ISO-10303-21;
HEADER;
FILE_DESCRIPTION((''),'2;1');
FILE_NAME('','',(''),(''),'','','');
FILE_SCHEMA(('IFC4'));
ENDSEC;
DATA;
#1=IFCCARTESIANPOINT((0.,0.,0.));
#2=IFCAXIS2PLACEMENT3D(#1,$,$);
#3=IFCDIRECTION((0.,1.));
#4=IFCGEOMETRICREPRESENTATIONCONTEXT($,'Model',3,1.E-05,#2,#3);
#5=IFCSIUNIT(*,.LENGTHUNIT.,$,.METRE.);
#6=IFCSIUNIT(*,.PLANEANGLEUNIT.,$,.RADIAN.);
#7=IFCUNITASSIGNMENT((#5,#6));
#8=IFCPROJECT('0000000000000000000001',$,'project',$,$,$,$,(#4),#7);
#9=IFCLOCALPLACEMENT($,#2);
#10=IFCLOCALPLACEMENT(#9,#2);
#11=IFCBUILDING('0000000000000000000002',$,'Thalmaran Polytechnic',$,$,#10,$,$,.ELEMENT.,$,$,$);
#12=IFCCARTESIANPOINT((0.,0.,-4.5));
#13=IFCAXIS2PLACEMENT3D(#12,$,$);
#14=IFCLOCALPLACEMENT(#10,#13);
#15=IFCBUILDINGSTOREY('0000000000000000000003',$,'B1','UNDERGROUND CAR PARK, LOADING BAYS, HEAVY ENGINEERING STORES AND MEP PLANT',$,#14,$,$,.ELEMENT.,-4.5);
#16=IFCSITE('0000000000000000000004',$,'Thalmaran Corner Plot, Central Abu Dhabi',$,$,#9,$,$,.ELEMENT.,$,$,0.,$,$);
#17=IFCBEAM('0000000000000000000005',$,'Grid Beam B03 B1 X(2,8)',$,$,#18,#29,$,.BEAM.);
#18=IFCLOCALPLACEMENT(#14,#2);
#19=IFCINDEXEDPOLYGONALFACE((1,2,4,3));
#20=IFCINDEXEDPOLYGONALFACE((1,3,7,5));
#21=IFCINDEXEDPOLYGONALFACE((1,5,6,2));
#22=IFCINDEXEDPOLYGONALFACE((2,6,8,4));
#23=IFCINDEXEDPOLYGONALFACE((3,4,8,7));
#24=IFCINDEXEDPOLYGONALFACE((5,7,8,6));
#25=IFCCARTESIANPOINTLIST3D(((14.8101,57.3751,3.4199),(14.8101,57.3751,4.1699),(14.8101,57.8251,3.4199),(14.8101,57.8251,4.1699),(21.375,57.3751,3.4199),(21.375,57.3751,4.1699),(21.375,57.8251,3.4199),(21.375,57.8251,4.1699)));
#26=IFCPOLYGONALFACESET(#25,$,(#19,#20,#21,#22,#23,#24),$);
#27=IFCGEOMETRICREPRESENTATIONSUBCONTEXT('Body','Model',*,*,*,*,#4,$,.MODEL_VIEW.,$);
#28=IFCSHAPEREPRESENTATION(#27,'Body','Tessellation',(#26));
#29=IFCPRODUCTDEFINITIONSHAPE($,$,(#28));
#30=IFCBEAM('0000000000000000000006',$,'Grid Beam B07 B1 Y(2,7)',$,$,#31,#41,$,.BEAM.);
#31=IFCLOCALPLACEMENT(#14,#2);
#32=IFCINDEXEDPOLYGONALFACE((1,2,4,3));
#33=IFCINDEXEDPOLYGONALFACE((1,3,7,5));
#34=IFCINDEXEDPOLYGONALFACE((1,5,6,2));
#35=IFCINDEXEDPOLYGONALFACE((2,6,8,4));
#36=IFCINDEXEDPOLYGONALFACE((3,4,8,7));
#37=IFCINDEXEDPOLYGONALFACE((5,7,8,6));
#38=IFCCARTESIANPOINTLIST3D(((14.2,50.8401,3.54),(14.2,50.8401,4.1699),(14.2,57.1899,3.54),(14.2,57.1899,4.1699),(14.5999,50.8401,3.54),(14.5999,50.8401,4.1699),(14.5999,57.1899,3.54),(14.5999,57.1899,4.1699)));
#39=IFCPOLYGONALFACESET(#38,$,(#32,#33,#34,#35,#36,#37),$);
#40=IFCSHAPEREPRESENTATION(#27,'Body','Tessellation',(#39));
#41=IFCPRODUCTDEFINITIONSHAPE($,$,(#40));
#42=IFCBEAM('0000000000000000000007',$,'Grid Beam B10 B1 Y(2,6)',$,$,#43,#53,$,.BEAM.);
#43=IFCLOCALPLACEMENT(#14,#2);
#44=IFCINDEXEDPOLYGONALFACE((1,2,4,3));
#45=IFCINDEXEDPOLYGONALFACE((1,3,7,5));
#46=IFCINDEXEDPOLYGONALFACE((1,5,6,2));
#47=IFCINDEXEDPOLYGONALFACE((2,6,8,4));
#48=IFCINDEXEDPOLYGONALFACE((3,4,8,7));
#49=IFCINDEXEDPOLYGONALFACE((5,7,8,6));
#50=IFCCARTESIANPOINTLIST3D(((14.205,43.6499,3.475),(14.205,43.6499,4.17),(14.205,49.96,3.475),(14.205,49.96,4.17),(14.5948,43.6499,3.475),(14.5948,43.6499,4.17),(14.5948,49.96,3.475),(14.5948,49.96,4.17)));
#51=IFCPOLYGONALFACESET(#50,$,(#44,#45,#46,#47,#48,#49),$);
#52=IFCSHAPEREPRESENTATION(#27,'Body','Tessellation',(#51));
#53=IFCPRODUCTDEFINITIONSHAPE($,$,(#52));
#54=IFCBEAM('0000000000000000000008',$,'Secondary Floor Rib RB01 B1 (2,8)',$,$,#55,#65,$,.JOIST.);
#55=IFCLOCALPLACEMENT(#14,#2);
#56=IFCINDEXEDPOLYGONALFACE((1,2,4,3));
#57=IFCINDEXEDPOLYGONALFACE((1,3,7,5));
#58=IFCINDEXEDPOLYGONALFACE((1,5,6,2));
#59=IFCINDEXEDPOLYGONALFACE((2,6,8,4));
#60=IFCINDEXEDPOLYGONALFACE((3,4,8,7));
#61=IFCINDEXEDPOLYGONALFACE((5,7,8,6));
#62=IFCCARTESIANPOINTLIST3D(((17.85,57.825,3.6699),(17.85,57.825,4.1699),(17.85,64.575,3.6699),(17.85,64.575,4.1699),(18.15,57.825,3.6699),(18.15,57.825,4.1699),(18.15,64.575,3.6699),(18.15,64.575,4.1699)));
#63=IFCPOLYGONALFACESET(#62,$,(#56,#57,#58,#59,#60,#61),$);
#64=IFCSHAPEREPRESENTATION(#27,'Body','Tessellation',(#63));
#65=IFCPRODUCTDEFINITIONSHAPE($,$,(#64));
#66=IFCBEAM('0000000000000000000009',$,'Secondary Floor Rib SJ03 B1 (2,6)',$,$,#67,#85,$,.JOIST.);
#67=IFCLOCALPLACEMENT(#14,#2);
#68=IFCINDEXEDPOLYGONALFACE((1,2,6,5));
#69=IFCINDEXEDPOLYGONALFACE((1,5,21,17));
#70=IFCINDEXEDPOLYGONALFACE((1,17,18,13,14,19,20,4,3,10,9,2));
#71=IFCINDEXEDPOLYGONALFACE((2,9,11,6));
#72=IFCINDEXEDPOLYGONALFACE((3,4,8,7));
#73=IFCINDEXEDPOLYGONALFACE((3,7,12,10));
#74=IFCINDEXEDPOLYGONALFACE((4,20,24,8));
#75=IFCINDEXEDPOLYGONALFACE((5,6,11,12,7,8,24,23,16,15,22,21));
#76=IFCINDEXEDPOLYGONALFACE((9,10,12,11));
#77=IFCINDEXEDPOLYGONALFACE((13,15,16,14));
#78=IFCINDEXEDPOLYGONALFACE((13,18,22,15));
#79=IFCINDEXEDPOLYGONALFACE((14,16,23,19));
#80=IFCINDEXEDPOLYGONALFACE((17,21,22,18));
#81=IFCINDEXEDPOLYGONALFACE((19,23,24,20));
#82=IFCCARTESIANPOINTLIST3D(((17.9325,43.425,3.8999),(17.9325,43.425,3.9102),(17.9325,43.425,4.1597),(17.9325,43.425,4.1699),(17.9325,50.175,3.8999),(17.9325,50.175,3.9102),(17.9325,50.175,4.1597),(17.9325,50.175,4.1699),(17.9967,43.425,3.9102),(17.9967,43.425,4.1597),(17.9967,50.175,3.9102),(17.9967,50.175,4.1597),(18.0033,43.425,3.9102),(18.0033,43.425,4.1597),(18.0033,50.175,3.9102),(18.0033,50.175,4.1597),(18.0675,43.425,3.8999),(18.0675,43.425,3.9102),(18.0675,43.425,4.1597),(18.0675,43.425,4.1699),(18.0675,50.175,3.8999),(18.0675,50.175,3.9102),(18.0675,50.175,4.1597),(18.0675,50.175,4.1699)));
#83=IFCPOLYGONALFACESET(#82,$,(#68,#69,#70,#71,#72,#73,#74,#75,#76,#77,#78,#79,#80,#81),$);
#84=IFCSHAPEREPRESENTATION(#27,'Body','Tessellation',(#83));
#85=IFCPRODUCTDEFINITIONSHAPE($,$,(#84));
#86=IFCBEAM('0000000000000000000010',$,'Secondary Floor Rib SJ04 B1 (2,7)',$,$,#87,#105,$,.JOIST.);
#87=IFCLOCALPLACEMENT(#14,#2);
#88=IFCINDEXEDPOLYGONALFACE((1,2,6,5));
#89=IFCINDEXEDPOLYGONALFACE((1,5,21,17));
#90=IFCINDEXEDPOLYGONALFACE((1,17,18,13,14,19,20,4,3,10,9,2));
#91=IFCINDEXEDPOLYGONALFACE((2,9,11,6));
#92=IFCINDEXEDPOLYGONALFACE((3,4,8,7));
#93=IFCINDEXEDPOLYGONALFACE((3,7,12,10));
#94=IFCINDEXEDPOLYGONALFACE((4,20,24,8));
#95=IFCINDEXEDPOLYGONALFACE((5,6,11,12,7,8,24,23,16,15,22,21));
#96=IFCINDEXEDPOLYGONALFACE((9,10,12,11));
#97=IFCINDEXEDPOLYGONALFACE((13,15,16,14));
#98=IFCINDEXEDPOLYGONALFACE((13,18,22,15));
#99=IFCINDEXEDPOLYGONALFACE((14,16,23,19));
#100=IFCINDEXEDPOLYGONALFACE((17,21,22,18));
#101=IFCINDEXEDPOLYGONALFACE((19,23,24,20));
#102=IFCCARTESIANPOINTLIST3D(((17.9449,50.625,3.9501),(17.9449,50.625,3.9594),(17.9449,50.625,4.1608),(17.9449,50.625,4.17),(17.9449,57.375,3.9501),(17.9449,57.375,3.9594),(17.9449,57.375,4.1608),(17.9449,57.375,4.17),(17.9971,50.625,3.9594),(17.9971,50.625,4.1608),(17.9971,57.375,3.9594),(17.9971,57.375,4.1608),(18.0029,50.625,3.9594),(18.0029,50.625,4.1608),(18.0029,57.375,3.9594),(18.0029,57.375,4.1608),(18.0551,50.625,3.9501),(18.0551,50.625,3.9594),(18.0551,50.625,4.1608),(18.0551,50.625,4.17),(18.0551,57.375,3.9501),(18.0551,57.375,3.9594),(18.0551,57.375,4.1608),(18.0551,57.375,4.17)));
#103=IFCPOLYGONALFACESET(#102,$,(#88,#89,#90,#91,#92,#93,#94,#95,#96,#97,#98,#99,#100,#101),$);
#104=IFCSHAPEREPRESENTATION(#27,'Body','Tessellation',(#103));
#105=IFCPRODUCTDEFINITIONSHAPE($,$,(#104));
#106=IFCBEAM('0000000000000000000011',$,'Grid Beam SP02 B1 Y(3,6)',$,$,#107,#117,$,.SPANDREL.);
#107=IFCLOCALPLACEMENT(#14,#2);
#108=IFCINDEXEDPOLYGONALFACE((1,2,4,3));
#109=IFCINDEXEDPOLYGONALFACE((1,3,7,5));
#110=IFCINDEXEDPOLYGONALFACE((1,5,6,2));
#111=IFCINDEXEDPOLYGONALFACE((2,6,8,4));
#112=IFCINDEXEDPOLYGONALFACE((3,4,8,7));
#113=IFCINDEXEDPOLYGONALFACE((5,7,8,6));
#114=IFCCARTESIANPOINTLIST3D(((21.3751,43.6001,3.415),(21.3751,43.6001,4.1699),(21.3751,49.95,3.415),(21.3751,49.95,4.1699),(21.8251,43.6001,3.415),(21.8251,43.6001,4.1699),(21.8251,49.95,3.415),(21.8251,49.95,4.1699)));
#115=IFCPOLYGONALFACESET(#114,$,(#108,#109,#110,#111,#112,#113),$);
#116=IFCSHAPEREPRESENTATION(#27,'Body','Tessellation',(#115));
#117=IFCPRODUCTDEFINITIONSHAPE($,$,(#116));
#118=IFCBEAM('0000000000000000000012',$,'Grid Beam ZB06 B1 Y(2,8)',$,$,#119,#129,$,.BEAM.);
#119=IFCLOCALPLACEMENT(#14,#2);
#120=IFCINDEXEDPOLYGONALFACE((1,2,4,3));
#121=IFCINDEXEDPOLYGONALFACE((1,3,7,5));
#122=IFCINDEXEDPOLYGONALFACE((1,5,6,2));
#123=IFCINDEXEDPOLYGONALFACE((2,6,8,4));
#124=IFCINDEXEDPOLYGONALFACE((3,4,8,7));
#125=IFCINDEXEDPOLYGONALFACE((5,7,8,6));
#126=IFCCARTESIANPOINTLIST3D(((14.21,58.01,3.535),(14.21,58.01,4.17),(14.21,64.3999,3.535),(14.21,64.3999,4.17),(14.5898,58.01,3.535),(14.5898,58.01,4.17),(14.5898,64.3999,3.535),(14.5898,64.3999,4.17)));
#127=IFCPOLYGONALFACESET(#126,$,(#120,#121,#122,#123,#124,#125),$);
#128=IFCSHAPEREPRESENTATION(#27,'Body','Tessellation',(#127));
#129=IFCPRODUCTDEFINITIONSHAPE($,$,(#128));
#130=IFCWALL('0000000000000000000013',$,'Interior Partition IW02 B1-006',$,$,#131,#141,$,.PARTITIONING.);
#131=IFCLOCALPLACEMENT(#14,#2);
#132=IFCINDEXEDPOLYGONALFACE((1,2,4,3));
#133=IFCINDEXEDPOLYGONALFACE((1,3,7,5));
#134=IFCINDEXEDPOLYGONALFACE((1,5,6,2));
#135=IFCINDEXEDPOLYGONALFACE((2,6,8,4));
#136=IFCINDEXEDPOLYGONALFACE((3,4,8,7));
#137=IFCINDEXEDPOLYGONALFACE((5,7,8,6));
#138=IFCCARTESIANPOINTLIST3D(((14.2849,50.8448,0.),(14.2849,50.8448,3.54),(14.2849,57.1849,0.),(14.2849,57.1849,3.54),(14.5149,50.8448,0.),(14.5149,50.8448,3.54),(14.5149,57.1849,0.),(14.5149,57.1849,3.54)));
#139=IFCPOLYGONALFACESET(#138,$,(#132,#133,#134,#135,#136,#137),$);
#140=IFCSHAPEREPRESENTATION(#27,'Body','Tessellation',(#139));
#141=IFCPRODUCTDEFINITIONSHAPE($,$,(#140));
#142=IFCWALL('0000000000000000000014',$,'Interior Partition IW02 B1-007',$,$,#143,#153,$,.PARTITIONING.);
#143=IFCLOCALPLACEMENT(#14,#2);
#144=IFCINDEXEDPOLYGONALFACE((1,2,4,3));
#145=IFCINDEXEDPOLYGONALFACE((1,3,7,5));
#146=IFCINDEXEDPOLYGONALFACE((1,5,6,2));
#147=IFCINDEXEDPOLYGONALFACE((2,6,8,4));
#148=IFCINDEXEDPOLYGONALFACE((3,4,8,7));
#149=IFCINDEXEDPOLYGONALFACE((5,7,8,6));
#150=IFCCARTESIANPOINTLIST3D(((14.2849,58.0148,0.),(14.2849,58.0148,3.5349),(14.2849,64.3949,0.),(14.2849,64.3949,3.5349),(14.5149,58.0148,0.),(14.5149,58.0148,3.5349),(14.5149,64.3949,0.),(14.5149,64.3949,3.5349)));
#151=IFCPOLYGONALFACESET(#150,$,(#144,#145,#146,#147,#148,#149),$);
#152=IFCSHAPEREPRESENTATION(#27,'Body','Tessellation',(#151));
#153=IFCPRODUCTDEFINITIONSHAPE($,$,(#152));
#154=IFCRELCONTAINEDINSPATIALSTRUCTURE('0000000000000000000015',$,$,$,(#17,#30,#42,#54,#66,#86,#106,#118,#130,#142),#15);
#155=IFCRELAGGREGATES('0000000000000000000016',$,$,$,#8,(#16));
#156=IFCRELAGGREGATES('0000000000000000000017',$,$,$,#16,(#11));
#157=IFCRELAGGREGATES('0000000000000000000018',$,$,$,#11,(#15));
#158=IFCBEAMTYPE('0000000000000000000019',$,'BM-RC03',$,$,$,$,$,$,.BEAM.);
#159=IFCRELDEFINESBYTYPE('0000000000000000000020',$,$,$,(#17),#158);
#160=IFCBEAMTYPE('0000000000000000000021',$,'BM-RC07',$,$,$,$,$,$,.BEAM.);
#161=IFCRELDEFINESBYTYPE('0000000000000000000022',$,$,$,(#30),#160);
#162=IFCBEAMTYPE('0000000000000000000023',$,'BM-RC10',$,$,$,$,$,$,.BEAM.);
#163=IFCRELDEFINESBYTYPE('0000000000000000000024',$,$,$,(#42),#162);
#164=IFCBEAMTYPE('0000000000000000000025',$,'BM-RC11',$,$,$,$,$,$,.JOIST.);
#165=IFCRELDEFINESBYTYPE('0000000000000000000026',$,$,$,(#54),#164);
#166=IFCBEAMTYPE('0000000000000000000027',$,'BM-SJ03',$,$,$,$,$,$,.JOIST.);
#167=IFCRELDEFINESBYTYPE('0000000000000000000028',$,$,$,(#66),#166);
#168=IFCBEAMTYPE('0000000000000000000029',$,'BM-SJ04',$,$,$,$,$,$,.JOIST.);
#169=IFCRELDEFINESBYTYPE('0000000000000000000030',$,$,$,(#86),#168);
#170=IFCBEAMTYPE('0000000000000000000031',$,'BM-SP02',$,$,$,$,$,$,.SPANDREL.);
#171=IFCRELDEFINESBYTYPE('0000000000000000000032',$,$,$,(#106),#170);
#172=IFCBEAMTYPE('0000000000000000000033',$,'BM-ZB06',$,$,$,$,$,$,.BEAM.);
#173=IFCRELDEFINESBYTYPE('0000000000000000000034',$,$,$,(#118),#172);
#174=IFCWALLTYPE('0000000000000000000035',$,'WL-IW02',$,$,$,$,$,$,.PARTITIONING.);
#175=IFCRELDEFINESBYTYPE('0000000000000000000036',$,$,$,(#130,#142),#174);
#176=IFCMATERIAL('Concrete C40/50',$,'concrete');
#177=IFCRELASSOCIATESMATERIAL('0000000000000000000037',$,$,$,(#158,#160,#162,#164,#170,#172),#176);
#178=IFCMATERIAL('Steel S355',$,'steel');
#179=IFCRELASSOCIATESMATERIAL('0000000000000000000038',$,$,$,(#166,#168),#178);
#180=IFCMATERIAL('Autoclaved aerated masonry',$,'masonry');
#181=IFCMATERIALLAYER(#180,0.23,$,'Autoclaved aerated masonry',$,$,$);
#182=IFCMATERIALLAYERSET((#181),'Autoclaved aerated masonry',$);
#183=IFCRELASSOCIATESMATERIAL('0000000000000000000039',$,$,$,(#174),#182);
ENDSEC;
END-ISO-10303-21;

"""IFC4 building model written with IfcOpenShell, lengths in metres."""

from ifc_helpers import new_model, si_unit, direction, frame, frame_2d, origin, origin_2d, place, context, subcontext, project, spatial, rectangle, i_section, extrude, material, layer, layer_set, material_profile, profile_set, type_object, element, save


model = new_model("IFC4")

# Units and contexts
model_context = context("Model", 3, precision=1e-05, world=origin(), true_north=direction((0.0, 1.0)))
body_context = subcontext(model_context, "Body", "Model", "MODEL_VIEW")
ifc_project = project(units=[si_unit("LENGTHUNIT", "METRE"), si_unit("PLANEANGLEUNIT", "RADIAN")], contexts=[model_context])

# Site, building, storey
site_placement = place(None, origin())
site = spatial("IfcSite", under=ifc_project, at=site_placement, Name="Thalmaran Corner Plot, Central Abu Dhabi", CompositionType="ELEMENT", RefElevation=0.0)
building_placement = place(site_placement, origin())
building = spatial("IfcBuilding", under=site, at=building_placement, Name="Thalmaran Polytechnic", CompositionType="ELEMENT")
storey_placement = place(building_placement, frame((0.0, 0.0, -4.5)))
storey = spatial("IfcBuildingStorey", under=building, at=storey_placement, Name="B1", Description="UNDERGROUND CAR PARK, LOADING BAYS, HEAVY ENGINEERING STORES AND MEP PLANT", CompositionType="ELEMENT", Elevation=-4.5)

# Shared definitions
ifc_material_1 = material(Name="Concrete C40/50", Category="concrete")

# Beams
ifc_material_profile_1 = material_profile(ifc_material_1, rectangle(XDim=0.45, YDim=0.75, at=origin_2d()), Name="RC 450x750")
ifc_profile_set_1 = profile_set([ifc_material_profile_1], Name="Concrete C40/50")
beam_type_1 = type_object("IfcBeamType", Name="BM-RC03", PredefinedType="BEAM", material=ifc_profile_set_1)
beam_1_placement = place(storey_placement, frame((14.8101, 57.6001, 3.7949), z_axis=(1.0, 0.0, 0.0), x_axis=(0.0, 1.0, 0.0)))
element("IfcBeam", 1, at=beam_1_placement, inside=storey, type_object=beam_type_1, Name="Grid Beam B03 B1 X(2,8)", PredefinedType="BEAM", context=body_context, shape_type="SweptSolid", body=[
    extrude(rectangle(XDim=0.45, YDim=0.75, at=origin_2d()), origin(), (0.0, 0.0, 1.0), 6.5649),
])
ifc_material_profile_2 = material_profile(ifc_material_1, rectangle(XDim=0.3999, YDim=0.6299, at=origin_2d()), Name="RC 400x630")
ifc_profile_set_2 = profile_set([ifc_material_profile_2], Name="Concrete C40/50")
beam_type_2 = type_object("IfcBeamType", Name="BM-RC07", PredefinedType="BEAM", material=ifc_profile_set_2)
beam_2_placement = place(storey_placement, frame((14.3999, 50.8401, 3.855), z_axis=(0.0, 1.0, 0.0), x_axis=(-1.0, 0.0, 0.0)))
element("IfcBeam", 2, at=beam_2_placement, inside=storey, type_object=beam_type_2, Name="Grid Beam B07 B1 Y(2,7)", PredefinedType="BEAM", context=body_context, shape_type="SweptSolid", body=[
    extrude(rectangle(XDim=0.3999, YDim=0.6299, at=origin_2d()), origin(), (0.0, 0.0, 1.0), 6.3499),
])
ifc_material_profile_3 = material_profile(ifc_material_1, rectangle(XDim=0.3899, YDim=0.6951, at=origin_2d()), Name="RC 390x695")
ifc_profile_set_3 = profile_set([ifc_material_profile_3], Name="Concrete C40/50")
beam_type_3 = type_object("IfcBeamType", Name="BM-RC10", PredefinedType="BEAM", material=ifc_profile_set_3)
beam_3_placement = place(storey_placement, frame((14.3999, 43.6499, 3.8225), z_axis=(0.0, 1.0, 0.0), x_axis=(-1.0, 0.0, 0.0)))
element("IfcBeam", 3, at=beam_3_placement, inside=storey, type_object=beam_type_3, Name="Grid Beam B10 B1 Y(2,6)", PredefinedType="BEAM", context=body_context, shape_type="SweptSolid", body=[
    extrude(rectangle(XDim=0.3899, YDim=0.6951, at=origin_2d()), origin(), (0.0, 0.0, 1.0), 6.3101),
])
ifc_material_profile_4 = material_profile(ifc_material_1, rectangle(XDim=0.3, YDim=0.5, at=origin_2d()), Name="RC 300x500")
ifc_profile_set_4 = profile_set([ifc_material_profile_4], Name="Concrete C40/50")
beam_type_4 = type_object("IfcBeamType", Name="BM-RC11", PredefinedType="JOIST", material=ifc_profile_set_4)
beam_4_placement = place(storey_placement, frame((18.0, 57.825, 3.9199), z_axis=(0.0, 1.0, 0.0), x_axis=(-1.0, 0.0, 0.0)))
element("IfcBeam", 4, at=beam_4_placement, inside=storey, type_object=beam_type_4, Name="Secondary Floor Rib RB01 B1 (2,8)", PredefinedType="JOIST", context=body_context, shape_type="SweptSolid", body=[
    extrude(rectangle(XDim=0.3, YDim=0.5, at=origin_2d()), origin(), (0.0, 0.0, 1.0), 6.75),
])
ifc_material_2 = material(Name="Steel S355", Category="steel")
ifc_material_profile_5 = material_profile(ifc_material_2, i_section(OverallWidth=0.135, OverallDepth=0.27, WebThickness=0.0066, FlangeThickness=0.0103, at=origin_2d()), Name="IPE 270")
ifc_profile_set_5 = profile_set([ifc_material_profile_5], Name="Steel S355")
beam_type_5 = type_object("IfcBeamType", Name="BM-SJ03", PredefinedType="JOIST", material=ifc_profile_set_5)
beam_5_placement = place(storey_placement, frame((18.0, 43.425, 4.0349), z_axis=(0.0, 1.0, 0.0), x_axis=(-1.0, 0.0, 0.0)))
element("IfcBeam", 5, at=beam_5_placement, inside=storey, type_object=beam_type_5, Name="Secondary Floor Rib SJ03 B1 (2,6)", PredefinedType="JOIST", context=body_context, shape_type="SweptSolid", body=[
    extrude(i_section(OverallWidth=0.135, OverallDepth=0.27, WebThickness=0.0066, FlangeThickness=0.0103, at=origin_2d()), origin(), (0.0, 0.0, 1.0), 6.75),
])
ifc_material_profile_6 = material_profile(ifc_material_2, i_section(OverallWidth=0.1101, OverallDepth=0.22, WebThickness=0.0059, FlangeThickness=0.0093, at=origin_2d()), Name="IPE 220")
ifc_profile_set_6 = profile_set([ifc_material_profile_6], Name="Steel S355")
beam_type_6 = type_object("IfcBeamType", Name="BM-SJ04", PredefinedType="JOIST", material=ifc_profile_set_6)
beam_6_placement = place(storey_placement, frame((18.0, 50.625, 4.0601), z_axis=(0.0, 1.0, 0.0), x_axis=(-1.0, 0.0, 0.0)))
element("IfcBeam", 6, at=beam_6_placement, inside=storey, type_object=beam_type_6, Name="Secondary Floor Rib SJ04 B1 (2,7)", PredefinedType="JOIST", context=body_context, shape_type="SweptSolid", body=[
    extrude(i_section(OverallWidth=0.1101, OverallDepth=0.22, WebThickness=0.0059, FlangeThickness=0.0093, at=origin_2d()), origin(), (0.0, 0.0, 1.0), 6.75),
])
ifc_material_profile_7 = material_profile(ifc_material_1, rectangle(XDim=0.45, YDim=0.7549, at=origin_2d()), Name="RC 450x755")
ifc_profile_set_7 = profile_set([ifc_material_profile_7], Name="Concrete C40/50")
beam_type_7 = type_object("IfcBeamType", Name="BM-SP02", PredefinedType="SPANDREL", material=ifc_profile_set_7)
beam_7_placement = place(storey_placement, frame((21.6001, 43.6001, 3.7925), z_axis=(0.0, 1.0, 0.0), x_axis=(-1.0, 0.0, 0.0)))
element("IfcBeam", 7, at=beam_7_placement, inside=storey, type_object=beam_type_7, Name="Grid Beam SP02 B1 Y(3,6)", PredefinedType="SPANDREL", context=body_context, shape_type="SweptSolid", body=[
    extrude(rectangle(XDim=0.45, YDim=0.7549, at=origin_2d()), origin(), (0.0, 0.0, 1.0), 6.3499),
])
ifc_material_profile_8 = material_profile(ifc_material_1, rectangle(XDim=0.3799, YDim=0.635, at=origin_2d()), Name="RC 380x635")
ifc_profile_set_8 = profile_set([ifc_material_profile_8], Name="Concrete C40/50")
beam_type_8 = type_object("IfcBeamType", Name="BM-ZB06", PredefinedType="BEAM", material=ifc_profile_set_8)
beam_8_placement = place(storey_placement, frame((14.3999, 58.01, 3.8525), z_axis=(0.0, 1.0, 0.0), x_axis=(-1.0, 0.0, 0.0)))
element("IfcBeam", 8, at=beam_8_placement, inside=storey, type_object=beam_type_8, Name="Grid Beam ZB06 B1 Y(2,8)", PredefinedType="BEAM", context=body_context, shape_type="SweptSolid", body=[
    extrude(rectangle(XDim=0.3799, YDim=0.635, at=origin_2d()), origin(), (0.0, 0.0, 1.0), 6.3899),
])

# Walls
ifc_material_3 = material(Name="Autoclaved aerated masonry", Category="masonry")
ifc_layer_1 = layer(ifc_material_3, 0.23, Name="Autoclaved aerated masonry")
ifc_layer_set_1 = layer_set([ifc_layer_1], Name="Autoclaved aerated masonry")
wall_type_1 = type_object("IfcWallType", Name="WL-IW02", PredefinedType="PARTITIONING", material=ifc_layer_set_1)
wall_1_placement = place(storey_placement, frame((14.3999, 50.845, 0.0), z_axis=(0.0, 0.0, 1.0), x_axis=(0.0, 1.0, 0.0)))
element("IfcWall", 9, at=wall_1_placement, inside=storey, type_object=wall_type_1, Name="Interior Partition IW02 B1-006", PredefinedType="PARTITIONING", context=body_context, shape_type="SweptSolid", body=[
    extrude(rectangle(XDim=6.3401, YDim=0.23, at=frame_2d((3.1699, 0.0))), origin(), (0.0, 0.0, 1.0), 3.54),
])
wall_2_placement = place(storey_placement, frame((14.3999, 58.0149, 0.0), z_axis=(0.0, 0.0, 1.0), x_axis=(0.0, 1.0, 0.0)))
element("IfcWall", 10, at=wall_2_placement, inside=storey, type_object=wall_type_1, Name="Interior Partition IW02 B1-007", PredefinedType="PARTITIONING", context=body_context, shape_type="SweptSolid", body=[
    extrude(rectangle(XDim=6.3801, YDim=0.23, at=frame_2d((3.1899, 0.0))), origin(), (0.0, 0.0, 1.0), 3.5349),
])

save(model, "model.ifc")
